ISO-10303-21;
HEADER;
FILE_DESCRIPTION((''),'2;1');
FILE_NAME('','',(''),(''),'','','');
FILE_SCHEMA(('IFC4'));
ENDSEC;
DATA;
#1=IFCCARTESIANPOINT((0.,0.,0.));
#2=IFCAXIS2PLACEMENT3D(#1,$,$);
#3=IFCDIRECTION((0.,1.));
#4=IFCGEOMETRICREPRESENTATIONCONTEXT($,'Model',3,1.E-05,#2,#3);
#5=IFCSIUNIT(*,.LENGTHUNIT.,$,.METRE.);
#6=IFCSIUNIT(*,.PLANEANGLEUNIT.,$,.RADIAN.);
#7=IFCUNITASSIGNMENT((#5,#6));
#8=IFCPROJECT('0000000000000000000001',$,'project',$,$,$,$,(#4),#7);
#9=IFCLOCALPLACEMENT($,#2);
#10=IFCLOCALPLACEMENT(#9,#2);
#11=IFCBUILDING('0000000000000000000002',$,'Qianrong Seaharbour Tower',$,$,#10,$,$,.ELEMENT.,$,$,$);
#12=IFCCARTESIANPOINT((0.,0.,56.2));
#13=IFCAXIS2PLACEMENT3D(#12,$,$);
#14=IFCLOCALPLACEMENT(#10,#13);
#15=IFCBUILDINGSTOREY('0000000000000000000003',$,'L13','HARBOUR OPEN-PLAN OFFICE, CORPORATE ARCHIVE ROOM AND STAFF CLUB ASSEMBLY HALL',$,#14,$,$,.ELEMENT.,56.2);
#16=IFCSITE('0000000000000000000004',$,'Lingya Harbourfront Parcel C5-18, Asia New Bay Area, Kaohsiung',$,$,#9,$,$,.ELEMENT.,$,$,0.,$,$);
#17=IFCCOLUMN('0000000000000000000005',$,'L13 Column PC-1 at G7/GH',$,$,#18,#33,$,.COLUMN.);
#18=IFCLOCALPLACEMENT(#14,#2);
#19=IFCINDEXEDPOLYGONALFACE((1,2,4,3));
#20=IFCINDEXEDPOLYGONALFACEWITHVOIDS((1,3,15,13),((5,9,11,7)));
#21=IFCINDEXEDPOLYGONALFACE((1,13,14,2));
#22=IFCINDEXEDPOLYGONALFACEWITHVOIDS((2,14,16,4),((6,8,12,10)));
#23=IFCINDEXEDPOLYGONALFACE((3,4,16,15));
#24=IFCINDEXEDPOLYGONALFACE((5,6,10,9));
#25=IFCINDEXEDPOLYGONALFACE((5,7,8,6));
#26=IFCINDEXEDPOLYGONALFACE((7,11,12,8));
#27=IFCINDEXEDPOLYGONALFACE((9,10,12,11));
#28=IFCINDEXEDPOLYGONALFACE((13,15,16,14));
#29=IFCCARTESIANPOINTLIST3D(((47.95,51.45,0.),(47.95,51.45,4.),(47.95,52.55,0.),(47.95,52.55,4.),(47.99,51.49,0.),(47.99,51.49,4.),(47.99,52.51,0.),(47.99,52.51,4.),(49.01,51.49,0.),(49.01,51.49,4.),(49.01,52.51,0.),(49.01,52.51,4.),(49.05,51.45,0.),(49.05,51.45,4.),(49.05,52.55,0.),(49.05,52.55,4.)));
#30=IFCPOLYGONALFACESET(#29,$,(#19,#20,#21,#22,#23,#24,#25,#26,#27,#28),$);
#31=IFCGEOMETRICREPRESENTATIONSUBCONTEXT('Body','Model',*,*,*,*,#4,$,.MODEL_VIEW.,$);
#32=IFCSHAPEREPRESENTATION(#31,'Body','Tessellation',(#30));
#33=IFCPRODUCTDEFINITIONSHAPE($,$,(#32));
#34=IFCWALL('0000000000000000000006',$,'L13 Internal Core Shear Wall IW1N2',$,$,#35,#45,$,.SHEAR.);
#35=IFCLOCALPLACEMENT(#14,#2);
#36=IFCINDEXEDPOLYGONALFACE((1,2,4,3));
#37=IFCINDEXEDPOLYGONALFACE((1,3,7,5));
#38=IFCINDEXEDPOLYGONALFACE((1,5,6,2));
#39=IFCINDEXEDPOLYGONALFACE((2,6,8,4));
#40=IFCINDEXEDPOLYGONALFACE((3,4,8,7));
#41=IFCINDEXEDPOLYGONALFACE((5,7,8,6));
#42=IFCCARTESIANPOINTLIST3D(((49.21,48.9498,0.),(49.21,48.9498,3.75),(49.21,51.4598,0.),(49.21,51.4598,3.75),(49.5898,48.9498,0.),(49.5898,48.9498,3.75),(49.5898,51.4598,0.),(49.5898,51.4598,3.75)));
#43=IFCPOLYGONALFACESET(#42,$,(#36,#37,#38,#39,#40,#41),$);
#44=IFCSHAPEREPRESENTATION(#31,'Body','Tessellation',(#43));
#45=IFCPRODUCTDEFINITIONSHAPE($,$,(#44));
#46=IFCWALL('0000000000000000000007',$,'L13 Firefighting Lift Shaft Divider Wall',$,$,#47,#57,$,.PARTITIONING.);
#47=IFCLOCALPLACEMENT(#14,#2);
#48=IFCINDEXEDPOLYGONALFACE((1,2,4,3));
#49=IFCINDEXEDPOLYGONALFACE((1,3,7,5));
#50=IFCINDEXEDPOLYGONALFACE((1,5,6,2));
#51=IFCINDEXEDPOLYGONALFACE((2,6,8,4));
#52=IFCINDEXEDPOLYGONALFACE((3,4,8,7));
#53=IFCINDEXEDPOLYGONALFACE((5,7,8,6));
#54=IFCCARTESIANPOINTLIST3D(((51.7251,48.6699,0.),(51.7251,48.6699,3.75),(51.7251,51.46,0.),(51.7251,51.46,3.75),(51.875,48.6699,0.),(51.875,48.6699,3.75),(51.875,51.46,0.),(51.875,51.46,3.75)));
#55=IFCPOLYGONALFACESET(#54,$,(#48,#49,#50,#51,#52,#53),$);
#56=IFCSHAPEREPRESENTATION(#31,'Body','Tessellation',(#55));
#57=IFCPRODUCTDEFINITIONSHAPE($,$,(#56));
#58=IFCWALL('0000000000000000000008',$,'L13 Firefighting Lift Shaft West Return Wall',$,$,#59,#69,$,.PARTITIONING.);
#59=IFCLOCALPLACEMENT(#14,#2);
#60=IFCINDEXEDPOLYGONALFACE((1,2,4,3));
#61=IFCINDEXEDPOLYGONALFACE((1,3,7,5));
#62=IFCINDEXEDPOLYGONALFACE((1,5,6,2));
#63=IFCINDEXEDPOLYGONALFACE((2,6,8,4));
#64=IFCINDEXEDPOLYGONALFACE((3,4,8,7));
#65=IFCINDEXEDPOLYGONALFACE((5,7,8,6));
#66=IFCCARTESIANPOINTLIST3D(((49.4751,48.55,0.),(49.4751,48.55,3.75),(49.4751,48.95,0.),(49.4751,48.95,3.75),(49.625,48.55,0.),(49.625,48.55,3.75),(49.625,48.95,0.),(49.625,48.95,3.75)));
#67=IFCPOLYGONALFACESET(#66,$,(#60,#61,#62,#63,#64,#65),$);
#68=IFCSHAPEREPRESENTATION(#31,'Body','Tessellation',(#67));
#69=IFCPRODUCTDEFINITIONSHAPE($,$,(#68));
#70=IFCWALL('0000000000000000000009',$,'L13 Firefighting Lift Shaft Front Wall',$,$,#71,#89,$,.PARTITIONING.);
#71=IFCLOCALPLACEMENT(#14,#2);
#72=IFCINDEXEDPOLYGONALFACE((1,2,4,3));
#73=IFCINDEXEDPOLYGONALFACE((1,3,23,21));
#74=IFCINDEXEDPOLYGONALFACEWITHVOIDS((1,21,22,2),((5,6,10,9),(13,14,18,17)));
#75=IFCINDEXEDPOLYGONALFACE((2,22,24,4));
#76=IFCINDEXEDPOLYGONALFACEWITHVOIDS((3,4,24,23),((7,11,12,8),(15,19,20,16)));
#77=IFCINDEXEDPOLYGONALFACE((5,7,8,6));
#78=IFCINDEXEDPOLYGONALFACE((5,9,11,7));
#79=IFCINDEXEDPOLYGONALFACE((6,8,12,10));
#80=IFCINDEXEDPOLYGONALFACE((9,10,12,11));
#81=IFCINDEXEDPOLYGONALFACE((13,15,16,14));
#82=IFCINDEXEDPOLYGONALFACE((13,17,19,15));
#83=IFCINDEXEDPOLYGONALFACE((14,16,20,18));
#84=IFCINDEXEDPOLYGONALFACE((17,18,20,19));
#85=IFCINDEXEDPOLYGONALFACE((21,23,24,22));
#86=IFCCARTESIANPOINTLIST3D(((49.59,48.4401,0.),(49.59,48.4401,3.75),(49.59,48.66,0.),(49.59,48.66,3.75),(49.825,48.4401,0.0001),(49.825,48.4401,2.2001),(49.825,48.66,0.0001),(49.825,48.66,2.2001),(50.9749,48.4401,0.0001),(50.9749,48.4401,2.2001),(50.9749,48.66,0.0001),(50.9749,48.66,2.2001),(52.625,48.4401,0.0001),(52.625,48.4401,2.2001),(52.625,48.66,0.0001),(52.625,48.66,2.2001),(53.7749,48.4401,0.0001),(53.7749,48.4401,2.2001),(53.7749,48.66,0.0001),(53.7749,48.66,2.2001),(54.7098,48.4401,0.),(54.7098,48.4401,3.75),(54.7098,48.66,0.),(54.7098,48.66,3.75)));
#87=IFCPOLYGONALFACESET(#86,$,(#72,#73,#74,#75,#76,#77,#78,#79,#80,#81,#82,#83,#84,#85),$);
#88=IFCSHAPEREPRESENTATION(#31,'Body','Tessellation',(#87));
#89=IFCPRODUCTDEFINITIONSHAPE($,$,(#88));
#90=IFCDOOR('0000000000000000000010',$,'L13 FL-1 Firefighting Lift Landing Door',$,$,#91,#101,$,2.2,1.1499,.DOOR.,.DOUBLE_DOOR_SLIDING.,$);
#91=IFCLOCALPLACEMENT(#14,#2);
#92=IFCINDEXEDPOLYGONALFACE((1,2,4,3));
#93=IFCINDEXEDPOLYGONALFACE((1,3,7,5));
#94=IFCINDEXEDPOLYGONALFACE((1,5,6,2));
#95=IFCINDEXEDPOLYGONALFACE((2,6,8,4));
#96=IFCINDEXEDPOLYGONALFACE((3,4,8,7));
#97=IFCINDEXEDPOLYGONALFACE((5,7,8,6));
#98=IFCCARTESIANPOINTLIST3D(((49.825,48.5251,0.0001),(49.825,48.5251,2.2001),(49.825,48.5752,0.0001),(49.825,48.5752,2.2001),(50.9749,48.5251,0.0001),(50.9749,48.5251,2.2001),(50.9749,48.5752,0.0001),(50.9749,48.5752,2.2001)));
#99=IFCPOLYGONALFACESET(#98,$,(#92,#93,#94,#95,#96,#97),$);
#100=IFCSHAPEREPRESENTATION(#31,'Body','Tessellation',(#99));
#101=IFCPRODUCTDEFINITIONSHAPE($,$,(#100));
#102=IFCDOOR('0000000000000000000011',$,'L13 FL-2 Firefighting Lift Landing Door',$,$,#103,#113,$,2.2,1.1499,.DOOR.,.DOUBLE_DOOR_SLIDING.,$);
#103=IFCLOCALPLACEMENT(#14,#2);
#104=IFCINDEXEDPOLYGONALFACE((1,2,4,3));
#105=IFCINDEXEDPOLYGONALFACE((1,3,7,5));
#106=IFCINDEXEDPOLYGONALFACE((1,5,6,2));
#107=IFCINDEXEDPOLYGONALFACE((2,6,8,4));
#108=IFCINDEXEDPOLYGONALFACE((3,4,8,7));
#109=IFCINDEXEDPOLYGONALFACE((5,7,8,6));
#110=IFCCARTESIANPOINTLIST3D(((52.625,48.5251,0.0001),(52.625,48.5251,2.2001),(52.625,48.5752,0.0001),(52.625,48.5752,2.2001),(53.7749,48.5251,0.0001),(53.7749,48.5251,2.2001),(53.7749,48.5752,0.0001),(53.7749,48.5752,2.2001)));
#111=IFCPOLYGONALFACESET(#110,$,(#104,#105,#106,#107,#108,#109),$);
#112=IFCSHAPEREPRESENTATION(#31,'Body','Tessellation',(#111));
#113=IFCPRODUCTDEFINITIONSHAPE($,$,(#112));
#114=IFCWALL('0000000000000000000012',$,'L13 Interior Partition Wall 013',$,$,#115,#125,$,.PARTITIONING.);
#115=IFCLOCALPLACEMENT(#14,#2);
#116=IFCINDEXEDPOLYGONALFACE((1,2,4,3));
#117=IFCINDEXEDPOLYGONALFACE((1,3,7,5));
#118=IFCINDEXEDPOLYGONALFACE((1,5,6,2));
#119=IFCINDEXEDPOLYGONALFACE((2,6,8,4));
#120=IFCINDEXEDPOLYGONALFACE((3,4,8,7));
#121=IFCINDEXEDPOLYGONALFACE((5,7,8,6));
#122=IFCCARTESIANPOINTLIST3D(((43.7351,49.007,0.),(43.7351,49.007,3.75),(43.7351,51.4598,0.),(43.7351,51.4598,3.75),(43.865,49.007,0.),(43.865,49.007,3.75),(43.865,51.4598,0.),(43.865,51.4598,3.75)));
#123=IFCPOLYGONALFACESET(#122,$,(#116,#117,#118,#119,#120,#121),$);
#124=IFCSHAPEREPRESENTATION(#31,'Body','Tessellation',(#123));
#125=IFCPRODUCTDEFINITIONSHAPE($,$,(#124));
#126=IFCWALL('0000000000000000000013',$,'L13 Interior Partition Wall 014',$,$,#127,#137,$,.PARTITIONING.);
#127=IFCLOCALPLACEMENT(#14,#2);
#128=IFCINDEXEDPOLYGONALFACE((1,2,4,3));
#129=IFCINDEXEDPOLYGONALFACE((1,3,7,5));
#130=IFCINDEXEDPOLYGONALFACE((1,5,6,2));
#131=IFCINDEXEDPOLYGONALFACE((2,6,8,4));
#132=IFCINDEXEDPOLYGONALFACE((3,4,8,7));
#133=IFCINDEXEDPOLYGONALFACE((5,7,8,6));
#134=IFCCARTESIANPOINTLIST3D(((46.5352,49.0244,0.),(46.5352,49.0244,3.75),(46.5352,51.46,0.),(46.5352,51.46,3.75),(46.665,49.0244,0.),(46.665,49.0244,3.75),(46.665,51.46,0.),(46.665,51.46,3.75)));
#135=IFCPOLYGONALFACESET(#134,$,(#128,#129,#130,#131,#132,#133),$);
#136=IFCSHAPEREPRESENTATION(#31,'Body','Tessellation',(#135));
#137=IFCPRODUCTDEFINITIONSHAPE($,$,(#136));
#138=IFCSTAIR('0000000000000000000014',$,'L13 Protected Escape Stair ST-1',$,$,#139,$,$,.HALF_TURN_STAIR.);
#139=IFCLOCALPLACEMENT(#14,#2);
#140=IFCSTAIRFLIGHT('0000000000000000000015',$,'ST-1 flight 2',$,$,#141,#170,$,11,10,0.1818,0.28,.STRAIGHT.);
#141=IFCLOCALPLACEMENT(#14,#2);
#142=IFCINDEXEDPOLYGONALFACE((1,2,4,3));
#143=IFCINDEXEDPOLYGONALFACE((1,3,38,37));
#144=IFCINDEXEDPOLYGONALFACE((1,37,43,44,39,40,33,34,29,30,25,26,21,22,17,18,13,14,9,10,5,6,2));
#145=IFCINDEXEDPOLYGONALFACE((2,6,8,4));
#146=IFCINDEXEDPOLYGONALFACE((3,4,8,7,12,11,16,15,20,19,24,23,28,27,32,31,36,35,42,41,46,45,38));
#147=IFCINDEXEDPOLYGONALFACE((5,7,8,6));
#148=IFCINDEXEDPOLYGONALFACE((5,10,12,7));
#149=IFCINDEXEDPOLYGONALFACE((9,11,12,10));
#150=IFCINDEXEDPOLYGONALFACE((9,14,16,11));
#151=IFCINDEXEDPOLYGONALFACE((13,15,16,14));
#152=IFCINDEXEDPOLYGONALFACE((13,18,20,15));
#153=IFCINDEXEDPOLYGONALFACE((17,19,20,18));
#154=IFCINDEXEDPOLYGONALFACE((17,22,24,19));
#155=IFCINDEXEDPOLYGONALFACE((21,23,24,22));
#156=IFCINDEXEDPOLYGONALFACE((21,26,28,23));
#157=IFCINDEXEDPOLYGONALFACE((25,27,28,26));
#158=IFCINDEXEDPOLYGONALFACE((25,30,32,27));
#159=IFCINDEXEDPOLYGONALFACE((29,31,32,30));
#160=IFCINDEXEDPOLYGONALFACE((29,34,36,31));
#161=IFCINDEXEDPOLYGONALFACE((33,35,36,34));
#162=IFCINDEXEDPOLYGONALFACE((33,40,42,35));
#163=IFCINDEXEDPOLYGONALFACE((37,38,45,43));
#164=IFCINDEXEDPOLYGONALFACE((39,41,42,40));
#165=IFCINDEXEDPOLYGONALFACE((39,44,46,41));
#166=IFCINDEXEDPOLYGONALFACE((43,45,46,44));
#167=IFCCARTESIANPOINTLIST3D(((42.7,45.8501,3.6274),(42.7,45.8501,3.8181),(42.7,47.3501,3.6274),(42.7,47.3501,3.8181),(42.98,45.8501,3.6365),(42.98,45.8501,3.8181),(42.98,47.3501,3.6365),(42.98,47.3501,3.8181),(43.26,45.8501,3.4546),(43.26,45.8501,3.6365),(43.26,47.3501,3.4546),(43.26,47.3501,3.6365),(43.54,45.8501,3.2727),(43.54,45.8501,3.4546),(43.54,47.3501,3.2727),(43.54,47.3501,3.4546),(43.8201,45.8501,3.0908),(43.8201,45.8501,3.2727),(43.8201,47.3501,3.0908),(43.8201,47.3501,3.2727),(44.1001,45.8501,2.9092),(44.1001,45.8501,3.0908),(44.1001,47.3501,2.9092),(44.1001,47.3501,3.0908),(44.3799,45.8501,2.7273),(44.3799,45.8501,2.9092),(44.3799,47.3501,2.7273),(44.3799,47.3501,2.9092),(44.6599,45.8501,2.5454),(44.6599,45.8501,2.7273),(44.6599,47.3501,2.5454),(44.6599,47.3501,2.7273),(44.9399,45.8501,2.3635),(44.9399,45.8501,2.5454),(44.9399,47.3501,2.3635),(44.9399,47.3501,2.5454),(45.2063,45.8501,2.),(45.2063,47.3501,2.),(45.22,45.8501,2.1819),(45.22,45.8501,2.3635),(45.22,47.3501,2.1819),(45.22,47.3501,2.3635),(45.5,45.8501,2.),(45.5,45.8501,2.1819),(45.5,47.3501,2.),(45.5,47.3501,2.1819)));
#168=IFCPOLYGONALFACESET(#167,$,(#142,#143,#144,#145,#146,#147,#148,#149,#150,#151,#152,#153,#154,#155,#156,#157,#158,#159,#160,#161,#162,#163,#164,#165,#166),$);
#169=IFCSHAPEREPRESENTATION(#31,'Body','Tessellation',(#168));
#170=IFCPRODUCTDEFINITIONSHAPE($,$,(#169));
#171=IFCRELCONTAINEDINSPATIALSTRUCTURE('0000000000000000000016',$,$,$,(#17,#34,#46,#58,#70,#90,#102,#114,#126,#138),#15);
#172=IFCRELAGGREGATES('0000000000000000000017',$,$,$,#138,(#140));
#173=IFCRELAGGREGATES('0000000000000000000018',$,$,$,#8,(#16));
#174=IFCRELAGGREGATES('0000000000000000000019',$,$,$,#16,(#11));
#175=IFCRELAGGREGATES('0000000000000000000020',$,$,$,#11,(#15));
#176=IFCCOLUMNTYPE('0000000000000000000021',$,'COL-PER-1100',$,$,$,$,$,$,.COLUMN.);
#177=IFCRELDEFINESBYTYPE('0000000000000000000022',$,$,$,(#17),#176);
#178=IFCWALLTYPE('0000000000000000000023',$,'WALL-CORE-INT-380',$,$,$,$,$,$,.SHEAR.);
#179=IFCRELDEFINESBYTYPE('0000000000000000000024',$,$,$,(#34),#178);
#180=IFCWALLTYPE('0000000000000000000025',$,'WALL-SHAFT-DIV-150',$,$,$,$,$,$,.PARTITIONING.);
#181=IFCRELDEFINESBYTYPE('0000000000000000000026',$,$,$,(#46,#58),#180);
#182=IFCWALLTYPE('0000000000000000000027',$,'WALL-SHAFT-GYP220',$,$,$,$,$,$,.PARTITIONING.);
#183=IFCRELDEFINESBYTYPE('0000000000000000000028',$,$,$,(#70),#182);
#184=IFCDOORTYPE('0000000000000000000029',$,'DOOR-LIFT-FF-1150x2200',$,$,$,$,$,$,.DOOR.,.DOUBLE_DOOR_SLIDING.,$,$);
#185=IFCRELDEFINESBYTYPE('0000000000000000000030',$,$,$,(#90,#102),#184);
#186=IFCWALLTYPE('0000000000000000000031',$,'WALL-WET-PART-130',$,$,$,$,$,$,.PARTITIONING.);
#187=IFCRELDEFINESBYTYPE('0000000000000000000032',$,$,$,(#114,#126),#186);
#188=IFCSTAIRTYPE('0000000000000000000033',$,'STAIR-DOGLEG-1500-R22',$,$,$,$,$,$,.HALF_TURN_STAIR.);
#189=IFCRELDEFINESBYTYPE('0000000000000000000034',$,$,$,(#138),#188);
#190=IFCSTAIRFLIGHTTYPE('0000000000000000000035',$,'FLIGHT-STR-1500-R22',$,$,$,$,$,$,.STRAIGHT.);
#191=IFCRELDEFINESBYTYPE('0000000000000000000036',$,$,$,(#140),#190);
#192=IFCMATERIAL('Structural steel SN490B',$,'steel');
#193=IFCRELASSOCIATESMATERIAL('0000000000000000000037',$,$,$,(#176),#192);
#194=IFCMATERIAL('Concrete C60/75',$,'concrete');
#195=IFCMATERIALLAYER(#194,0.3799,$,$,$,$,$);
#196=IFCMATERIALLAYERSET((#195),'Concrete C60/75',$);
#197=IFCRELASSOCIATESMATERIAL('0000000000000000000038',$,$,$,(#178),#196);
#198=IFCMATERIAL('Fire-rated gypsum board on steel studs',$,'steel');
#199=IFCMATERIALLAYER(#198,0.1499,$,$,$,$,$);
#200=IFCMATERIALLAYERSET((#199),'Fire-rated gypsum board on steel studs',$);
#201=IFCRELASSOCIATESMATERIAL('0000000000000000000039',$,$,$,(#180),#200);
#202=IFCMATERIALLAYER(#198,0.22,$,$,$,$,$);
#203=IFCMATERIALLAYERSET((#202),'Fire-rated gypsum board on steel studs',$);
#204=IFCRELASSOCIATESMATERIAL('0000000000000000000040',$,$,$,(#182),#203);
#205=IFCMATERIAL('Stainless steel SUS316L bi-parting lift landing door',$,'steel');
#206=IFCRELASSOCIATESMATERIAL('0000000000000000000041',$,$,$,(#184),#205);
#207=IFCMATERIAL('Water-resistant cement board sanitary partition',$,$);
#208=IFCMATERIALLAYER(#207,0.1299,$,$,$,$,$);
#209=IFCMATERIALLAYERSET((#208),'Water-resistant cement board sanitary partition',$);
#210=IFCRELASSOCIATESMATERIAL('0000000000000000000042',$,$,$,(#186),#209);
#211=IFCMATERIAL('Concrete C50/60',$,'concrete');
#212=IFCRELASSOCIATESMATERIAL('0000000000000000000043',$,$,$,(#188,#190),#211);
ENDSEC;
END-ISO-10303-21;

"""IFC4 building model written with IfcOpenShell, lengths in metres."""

from ifc_helpers import new_model, si_unit, direction, frame, frame_2d, origin, origin_2d, place, context, subcontext, project, spatial, polyline, rectangle, hollow_rectangle, outline, extrude, material, layer, layer_set, material_profile, profile_set, type_object, element, fill, aggregate, save


model = new_model("IFC4")

# Units and contexts
model_context = context("Model", 3, precision=1e-05, world=origin(), true_north=direction((0.0, 1.0)))
body_context = subcontext(model_context, "Body", "Model", "MODEL_VIEW")
ifc_project = project(units=[si_unit("LENGTHUNIT", "METRE"), si_unit("PLANEANGLEUNIT", "RADIAN")], contexts=[model_context])

# Site, building, storey
site_placement = place(None, origin())
site = spatial("IfcSite", under=ifc_project, at=site_placement, Name="Lingya Harbourfront Parcel C5-18, Asia New Bay Area, Kaohsiung", CompositionType="ELEMENT", RefElevation=0.0)
building_placement = place(site_placement, origin())
building = spatial("IfcBuilding", under=site, at=building_placement, Name="Qianrong Seaharbour Tower", CompositionType="ELEMENT")
storey_placement = place(building_placement, frame((0.0, 0.0, 56.2)))
storey = spatial("IfcBuildingStorey", under=building, at=storey_placement, Name="L13", Description="HARBOUR OPEN-PLAN OFFICE, CORPORATE ARCHIVE ROOM AND STAFF CLUB ASSEMBLY HALL", CompositionType="ELEMENT", Elevation=56.2)

# Column
ifc_material_1 = material(Name="Structural steel SN490B", Category="steel")
ifc_material_profile = material_profile(ifc_material_1, hollow_rectangle(XDim=1.1001, YDim=1.1001, WallThickness=0.04, at=origin_2d()), Name="BOX1100x1100x40")
ifc_profile_set = profile_set([ifc_material_profile], Name="Structural steel SN490B")
column_type = type_object("IfcColumnType", Name="COL-PER-1100", PredefinedType="COLUMN", material=ifc_profile_set)
column_placement = place(storey_placement, frame((48.5, 52.0, 0.0), z_axis=(0.0, 0.0, 1.0), x_axis=(1.0, 0.0, 0.0)))
element("IfcColumn", 1, at=column_placement, inside=storey, type_object=column_type, Name="L13 Column PC-1 at G7/GH", PredefinedType="COLUMN", context=body_context, shape_type="SweptSolid", body=[
    extrude(hollow_rectangle(XDim=1.1001, YDim=1.1001, WallThickness=0.04, at=origin_2d()), origin(), (0.0, 0.0, 1.0), 4.0),
])

# Wall
ifc_material_2 = material(Name="Concrete C60/75", Category="concrete")
ifc_layer_1 = layer(ifc_material_2, 0.3799)
ifc_layer_set_1 = layer_set([ifc_layer_1], Name="Concrete C60/75")
wall_type_1 = type_object("IfcWallType", Name="WALL-CORE-INT-380", PredefinedType="SHEAR", material=ifc_layer_set_1)
wall_1_placement = place(storey_placement, frame((49.3999, 48.95, 0.0), z_axis=(0.0, 0.0, 1.0), x_axis=(0.0, 1.0, 0.0)))
element("IfcWall", 2, at=wall_1_placement, inside=storey, type_object=wall_type_1, Name="L13 Internal Core Shear Wall IW1N2", PredefinedType="SHEAR", context=body_context, shape_type="SweptSolid", body=[
    extrude(rectangle(XDim=2.51, YDim=0.3799, at=frame_2d((1.2549, 0.0))), origin(), (0.0, 0.0, 1.0), 3.75),
])

# Walls
ifc_material_3 = material(Name="Fire-rated gypsum board on steel studs", Category="steel")
ifc_layer_2 = layer(ifc_material_3, 0.1499)
ifc_layer_set_2 = layer_set([ifc_layer_2], Name="Fire-rated gypsum board on steel studs")
wall_type_2 = type_object("IfcWallType", Name="WALL-SHAFT-DIV-150", PredefinedType="PARTITIONING", material=ifc_layer_set_2)
wall_2_placement = place(storey_placement, frame((51.8, 48.6699, 0.0), z_axis=(0.0, 0.0, 1.0), x_axis=(0.0, 1.0, 0.0)))
element("IfcWall", 3, at=wall_2_placement, inside=storey, type_object=wall_type_2, Name="L13 Firefighting Lift Shaft Divider Wall", PredefinedType="PARTITIONING", context=body_context, shape_type="SweptSolid", body=[
    extrude(rectangle(XDim=2.79, YDim=0.1499, at=frame_2d((1.395, 0.0))), origin(), (0.0, 0.0, 1.0), 3.75),
])
wall_3_placement = place(storey_placement, frame((49.55, 48.55, 0.0), z_axis=(0.0, 0.0, 1.0), x_axis=(0.0, 1.0, 0.0)))
element("IfcWall", 4, at=wall_3_placement, inside=storey, type_object=wall_type_2, Name="L13 Firefighting Lift Shaft West Return Wall", PredefinedType="PARTITIONING", context=body_context, shape_type="SweptSolid", body=[
    extrude(rectangle(XDim=0.3999, YDim=0.1499, at=frame_2d((0.2, 0.0))), origin(), (0.0, 0.0, 1.0), 3.75),
])

# Wall, openings, doors
ifc_layer_3 = layer(ifc_material_3, 0.22)
ifc_layer_set_3 = layer_set([ifc_layer_3], Name="Fire-rated gypsum board on steel studs")
wall_type_3 = type_object("IfcWallType", Name="WALL-SHAFT-GYP220", PredefinedType="PARTITIONING", material=ifc_layer_set_3)
wall_4_placement = place(storey_placement, frame((54.71, 48.55, 0.0), z_axis=(0.0, 0.0, 1.0), x_axis=(-1.0, 0.0, 0.0)))
wall_4 = element("IfcWall", 5, at=wall_4_placement, inside=storey, type_object=wall_type_3, Name="L13 Firefighting Lift Shaft Front Wall", PredefinedType="PARTITIONING", context=body_context, shape_type="SweptSolid", body=[
    extrude(rectangle(XDim=5.1199, YDim=0.22, at=frame_2d((2.5601, 0.0))), origin(), (0.0, 0.0, 1.0), 3.75),
])
opening_1_placement = place(wall_4_placement, frame((3.7351, 0.0, 0.0)))
opening_1 = element("IfcOpeningElement", 6, at=opening_1_placement, cuts=wall_4, PredefinedType="OPENING", context=body_context, shape_type="SweptSolid", body=[
    extrude(rectangle(XDim=1.1499, YDim=2.2, at=frame_2d((0.575, 1.1001))), frame((0.0, 0.1201, 0.0), z_axis=(0.0, -1.0, 0.0), x_axis=(1.0, 0.0, 0.0)), (0.0, 0.0, 1.0), 0.24),
])
opening_2_placement = place(wall_4_placement, frame((0.9351, 0.0, 0.0)))
opening_2 = element("IfcOpeningElement", 7, at=opening_2_placement, cuts=wall_4, PredefinedType="OPENING", context=body_context, shape_type="SweptSolid", body=[
    extrude(rectangle(XDim=1.1499, YDim=2.2, at=frame_2d((0.575, 1.1001))), frame((0.0, 0.1201, 0.0), z_axis=(0.0, -1.0, 0.0), x_axis=(1.0, 0.0, 0.0)), (0.0, 0.0, 1.0), 0.24),
])
ifc_material_4 = material(Name="Stainless steel SUS316L bi-parting lift landing door", Category="steel")
door_type_1 = type_object("IfcDoorType", Name="DOOR-LIFT-FF-1150x2200", OperationType="DOUBLE_DOOR_SLIDING", PredefinedType="DOOR", material=ifc_material_4)
door_1_placement = place(opening_1_placement, origin())
door_1 = element("IfcDoor", 8, at=door_1_placement, inside=storey, type_object=door_type_1, Name="L13 FL-1 Firefighting Lift Landing Door", OperationType="DOUBLE_DOOR_SLIDING", OverallHeight=2.2, OverallWidth=1.1499, PredefinedType="DOOR", context=body_context, shape_type="SweptSolid", body=[
    extrude(rectangle(XDim=1.1499, YDim=2.2, at=frame_2d((0.575, 1.1001))), frame((0.0, 0.0249, 0.0), z_axis=(0.0, -1.0, 0.0), x_axis=(1.0, 0.0, 0.0)), (0.0, 0.0, 1.0), 0.05),
])
fill(opening_1, door_1)
door_2_placement = place(opening_2_placement, origin())
door_2 = element("IfcDoor", 9, at=door_2_placement, inside=storey, type_object=door_type_1, Name="L13 FL-2 Firefighting Lift Landing Door", OperationType="DOUBLE_DOOR_SLIDING", OverallHeight=2.2, OverallWidth=1.1499, PredefinedType="DOOR", context=body_context, shape_type="SweptSolid", body=[
    extrude(rectangle(XDim=1.1499, YDim=2.2, at=frame_2d((0.575, 1.1001))), frame((0.0, 0.0249, 0.0), z_axis=(0.0, -1.0, 0.0), x_axis=(1.0, 0.0, 0.0)), (0.0, 0.0, 1.0), 0.05),
])
fill(opening_2, door_2)

# Shared definitions
ifc_material_5 = material(Name="Water-resistant cement board sanitary partition")
ifc_layer_4 = layer(ifc_material_5, 0.1299)
ifc_layer_set_4 = layer_set([ifc_layer_4], Name="Water-resistant cement board sanitary partition")
wall_type_4 = type_object("IfcWallType", Name="WALL-WET-PART-130", PredefinedType="PARTITIONING", material=ifc_layer_set_4)

# Walls
wall_5_placement = place(storey_placement, frame((43.8, 51.46, 0.0), z_axis=(0.0, 0.0, 1.0), x_axis=(0.0, -1.0, 0.0)))
element("IfcWall", 10, at=wall_5_placement, inside=storey, type_object=wall_type_4, Name="L13 Interior Partition Wall 013", PredefinedType="PARTITIONING", context=body_context, shape_type="SweptSolid", body=[
    extrude(rectangle(XDim=2.4529, YDim=0.1299, at=frame_2d((1.2266, 0.0))), origin(), (0.0, 0.0, 1.0), 3.75),
])
wall_6_placement = place(storey_placement, frame((46.6001, 51.46, 0.0), z_axis=(0.0, 0.0, 1.0), x_axis=(0.0, -1.0, 0.0)))
element("IfcWall", 11, at=wall_6_placement, inside=storey, type_object=wall_type_4, Name="L13 Interior Partition Wall 014", PredefinedType="PARTITIONING", context=body_context, shape_type="SweptSolid", body=[
    extrude(rectangle(XDim=2.4355, YDim=0.1299, at=frame_2d((1.2178, 0.0))), origin(), (0.0, 0.0, 1.0), 3.75),
])

# Stair, stair flight
ifc_material_6 = material(Name="Concrete C50/60", Category="concrete")
stair_type = type_object("IfcStairType", Name="STAIR-DOGLEG-1500-R22", PredefinedType="HALF_TURN_STAIR", material=ifc_material_6)
stair_placement = place(storey_placement, origin())
stair = element("IfcStair", 12, at=stair_placement, inside=storey, type_object=stair_type, Name="L13 Protected Escape Stair ST-1", PredefinedType="HALF_TURN_STAIR")
stair_flight_type = type_object("IfcStairFlightType", Name="FLIGHT-STR-1500-R22", PredefinedType="STRAIGHT", material=ifc_material_6)
stair_flight_placement = place(storey_placement, frame((45.5, 46.6001, 2.0), z_axis=(0.0, 0.0, 1.0), x_axis=(-1.0, 0.0, 0.0)))
stair_flight = element("IfcStairFlight", 13, at=stair_flight_placement, type_object=stair_flight_type, Name="ST-1 flight 2", NumberOfRisers=11, NumberOfTreads=10, PredefinedType="STRAIGHT", RiserHeight=0.1818, TreadLength=0.28, context=body_context, shape_type="SweptSolid", body=[
    extrude(outline(polyline([(0.0, 0.0), (0.0, 0.1819), (0.28, 0.1819), (0.28, 0.3635), (0.5601, 0.3635), (0.5601, 0.5454), (0.8401, 0.5454), (0.8401, 0.7273), (1.1201, 0.7273), (1.1201, 0.9092), (1.3999, 0.9092), (1.3999, 1.0908), (1.6799, 1.0908), (1.6799, 1.2727), (1.96, 1.2727), (1.96, 1.4546), (2.24, 1.4546), (2.24, 1.6365), (2.52, 1.6365), (2.52, 1.8181), (2.8, 1.8181), (2.8, 2.0), (2.8, 1.6274), (0.2937, 0.0), (0.0, 0.0)])), frame((0.0, 0.75, 0.0), z_axis=(0.0, -1.0, 0.0), x_axis=(1.0, 0.0, 0.0)), (0.0, 0.0, 1.0), 1.5),
])
aggregate(stair, [stair_flight])

save(model, "model.ifc")
